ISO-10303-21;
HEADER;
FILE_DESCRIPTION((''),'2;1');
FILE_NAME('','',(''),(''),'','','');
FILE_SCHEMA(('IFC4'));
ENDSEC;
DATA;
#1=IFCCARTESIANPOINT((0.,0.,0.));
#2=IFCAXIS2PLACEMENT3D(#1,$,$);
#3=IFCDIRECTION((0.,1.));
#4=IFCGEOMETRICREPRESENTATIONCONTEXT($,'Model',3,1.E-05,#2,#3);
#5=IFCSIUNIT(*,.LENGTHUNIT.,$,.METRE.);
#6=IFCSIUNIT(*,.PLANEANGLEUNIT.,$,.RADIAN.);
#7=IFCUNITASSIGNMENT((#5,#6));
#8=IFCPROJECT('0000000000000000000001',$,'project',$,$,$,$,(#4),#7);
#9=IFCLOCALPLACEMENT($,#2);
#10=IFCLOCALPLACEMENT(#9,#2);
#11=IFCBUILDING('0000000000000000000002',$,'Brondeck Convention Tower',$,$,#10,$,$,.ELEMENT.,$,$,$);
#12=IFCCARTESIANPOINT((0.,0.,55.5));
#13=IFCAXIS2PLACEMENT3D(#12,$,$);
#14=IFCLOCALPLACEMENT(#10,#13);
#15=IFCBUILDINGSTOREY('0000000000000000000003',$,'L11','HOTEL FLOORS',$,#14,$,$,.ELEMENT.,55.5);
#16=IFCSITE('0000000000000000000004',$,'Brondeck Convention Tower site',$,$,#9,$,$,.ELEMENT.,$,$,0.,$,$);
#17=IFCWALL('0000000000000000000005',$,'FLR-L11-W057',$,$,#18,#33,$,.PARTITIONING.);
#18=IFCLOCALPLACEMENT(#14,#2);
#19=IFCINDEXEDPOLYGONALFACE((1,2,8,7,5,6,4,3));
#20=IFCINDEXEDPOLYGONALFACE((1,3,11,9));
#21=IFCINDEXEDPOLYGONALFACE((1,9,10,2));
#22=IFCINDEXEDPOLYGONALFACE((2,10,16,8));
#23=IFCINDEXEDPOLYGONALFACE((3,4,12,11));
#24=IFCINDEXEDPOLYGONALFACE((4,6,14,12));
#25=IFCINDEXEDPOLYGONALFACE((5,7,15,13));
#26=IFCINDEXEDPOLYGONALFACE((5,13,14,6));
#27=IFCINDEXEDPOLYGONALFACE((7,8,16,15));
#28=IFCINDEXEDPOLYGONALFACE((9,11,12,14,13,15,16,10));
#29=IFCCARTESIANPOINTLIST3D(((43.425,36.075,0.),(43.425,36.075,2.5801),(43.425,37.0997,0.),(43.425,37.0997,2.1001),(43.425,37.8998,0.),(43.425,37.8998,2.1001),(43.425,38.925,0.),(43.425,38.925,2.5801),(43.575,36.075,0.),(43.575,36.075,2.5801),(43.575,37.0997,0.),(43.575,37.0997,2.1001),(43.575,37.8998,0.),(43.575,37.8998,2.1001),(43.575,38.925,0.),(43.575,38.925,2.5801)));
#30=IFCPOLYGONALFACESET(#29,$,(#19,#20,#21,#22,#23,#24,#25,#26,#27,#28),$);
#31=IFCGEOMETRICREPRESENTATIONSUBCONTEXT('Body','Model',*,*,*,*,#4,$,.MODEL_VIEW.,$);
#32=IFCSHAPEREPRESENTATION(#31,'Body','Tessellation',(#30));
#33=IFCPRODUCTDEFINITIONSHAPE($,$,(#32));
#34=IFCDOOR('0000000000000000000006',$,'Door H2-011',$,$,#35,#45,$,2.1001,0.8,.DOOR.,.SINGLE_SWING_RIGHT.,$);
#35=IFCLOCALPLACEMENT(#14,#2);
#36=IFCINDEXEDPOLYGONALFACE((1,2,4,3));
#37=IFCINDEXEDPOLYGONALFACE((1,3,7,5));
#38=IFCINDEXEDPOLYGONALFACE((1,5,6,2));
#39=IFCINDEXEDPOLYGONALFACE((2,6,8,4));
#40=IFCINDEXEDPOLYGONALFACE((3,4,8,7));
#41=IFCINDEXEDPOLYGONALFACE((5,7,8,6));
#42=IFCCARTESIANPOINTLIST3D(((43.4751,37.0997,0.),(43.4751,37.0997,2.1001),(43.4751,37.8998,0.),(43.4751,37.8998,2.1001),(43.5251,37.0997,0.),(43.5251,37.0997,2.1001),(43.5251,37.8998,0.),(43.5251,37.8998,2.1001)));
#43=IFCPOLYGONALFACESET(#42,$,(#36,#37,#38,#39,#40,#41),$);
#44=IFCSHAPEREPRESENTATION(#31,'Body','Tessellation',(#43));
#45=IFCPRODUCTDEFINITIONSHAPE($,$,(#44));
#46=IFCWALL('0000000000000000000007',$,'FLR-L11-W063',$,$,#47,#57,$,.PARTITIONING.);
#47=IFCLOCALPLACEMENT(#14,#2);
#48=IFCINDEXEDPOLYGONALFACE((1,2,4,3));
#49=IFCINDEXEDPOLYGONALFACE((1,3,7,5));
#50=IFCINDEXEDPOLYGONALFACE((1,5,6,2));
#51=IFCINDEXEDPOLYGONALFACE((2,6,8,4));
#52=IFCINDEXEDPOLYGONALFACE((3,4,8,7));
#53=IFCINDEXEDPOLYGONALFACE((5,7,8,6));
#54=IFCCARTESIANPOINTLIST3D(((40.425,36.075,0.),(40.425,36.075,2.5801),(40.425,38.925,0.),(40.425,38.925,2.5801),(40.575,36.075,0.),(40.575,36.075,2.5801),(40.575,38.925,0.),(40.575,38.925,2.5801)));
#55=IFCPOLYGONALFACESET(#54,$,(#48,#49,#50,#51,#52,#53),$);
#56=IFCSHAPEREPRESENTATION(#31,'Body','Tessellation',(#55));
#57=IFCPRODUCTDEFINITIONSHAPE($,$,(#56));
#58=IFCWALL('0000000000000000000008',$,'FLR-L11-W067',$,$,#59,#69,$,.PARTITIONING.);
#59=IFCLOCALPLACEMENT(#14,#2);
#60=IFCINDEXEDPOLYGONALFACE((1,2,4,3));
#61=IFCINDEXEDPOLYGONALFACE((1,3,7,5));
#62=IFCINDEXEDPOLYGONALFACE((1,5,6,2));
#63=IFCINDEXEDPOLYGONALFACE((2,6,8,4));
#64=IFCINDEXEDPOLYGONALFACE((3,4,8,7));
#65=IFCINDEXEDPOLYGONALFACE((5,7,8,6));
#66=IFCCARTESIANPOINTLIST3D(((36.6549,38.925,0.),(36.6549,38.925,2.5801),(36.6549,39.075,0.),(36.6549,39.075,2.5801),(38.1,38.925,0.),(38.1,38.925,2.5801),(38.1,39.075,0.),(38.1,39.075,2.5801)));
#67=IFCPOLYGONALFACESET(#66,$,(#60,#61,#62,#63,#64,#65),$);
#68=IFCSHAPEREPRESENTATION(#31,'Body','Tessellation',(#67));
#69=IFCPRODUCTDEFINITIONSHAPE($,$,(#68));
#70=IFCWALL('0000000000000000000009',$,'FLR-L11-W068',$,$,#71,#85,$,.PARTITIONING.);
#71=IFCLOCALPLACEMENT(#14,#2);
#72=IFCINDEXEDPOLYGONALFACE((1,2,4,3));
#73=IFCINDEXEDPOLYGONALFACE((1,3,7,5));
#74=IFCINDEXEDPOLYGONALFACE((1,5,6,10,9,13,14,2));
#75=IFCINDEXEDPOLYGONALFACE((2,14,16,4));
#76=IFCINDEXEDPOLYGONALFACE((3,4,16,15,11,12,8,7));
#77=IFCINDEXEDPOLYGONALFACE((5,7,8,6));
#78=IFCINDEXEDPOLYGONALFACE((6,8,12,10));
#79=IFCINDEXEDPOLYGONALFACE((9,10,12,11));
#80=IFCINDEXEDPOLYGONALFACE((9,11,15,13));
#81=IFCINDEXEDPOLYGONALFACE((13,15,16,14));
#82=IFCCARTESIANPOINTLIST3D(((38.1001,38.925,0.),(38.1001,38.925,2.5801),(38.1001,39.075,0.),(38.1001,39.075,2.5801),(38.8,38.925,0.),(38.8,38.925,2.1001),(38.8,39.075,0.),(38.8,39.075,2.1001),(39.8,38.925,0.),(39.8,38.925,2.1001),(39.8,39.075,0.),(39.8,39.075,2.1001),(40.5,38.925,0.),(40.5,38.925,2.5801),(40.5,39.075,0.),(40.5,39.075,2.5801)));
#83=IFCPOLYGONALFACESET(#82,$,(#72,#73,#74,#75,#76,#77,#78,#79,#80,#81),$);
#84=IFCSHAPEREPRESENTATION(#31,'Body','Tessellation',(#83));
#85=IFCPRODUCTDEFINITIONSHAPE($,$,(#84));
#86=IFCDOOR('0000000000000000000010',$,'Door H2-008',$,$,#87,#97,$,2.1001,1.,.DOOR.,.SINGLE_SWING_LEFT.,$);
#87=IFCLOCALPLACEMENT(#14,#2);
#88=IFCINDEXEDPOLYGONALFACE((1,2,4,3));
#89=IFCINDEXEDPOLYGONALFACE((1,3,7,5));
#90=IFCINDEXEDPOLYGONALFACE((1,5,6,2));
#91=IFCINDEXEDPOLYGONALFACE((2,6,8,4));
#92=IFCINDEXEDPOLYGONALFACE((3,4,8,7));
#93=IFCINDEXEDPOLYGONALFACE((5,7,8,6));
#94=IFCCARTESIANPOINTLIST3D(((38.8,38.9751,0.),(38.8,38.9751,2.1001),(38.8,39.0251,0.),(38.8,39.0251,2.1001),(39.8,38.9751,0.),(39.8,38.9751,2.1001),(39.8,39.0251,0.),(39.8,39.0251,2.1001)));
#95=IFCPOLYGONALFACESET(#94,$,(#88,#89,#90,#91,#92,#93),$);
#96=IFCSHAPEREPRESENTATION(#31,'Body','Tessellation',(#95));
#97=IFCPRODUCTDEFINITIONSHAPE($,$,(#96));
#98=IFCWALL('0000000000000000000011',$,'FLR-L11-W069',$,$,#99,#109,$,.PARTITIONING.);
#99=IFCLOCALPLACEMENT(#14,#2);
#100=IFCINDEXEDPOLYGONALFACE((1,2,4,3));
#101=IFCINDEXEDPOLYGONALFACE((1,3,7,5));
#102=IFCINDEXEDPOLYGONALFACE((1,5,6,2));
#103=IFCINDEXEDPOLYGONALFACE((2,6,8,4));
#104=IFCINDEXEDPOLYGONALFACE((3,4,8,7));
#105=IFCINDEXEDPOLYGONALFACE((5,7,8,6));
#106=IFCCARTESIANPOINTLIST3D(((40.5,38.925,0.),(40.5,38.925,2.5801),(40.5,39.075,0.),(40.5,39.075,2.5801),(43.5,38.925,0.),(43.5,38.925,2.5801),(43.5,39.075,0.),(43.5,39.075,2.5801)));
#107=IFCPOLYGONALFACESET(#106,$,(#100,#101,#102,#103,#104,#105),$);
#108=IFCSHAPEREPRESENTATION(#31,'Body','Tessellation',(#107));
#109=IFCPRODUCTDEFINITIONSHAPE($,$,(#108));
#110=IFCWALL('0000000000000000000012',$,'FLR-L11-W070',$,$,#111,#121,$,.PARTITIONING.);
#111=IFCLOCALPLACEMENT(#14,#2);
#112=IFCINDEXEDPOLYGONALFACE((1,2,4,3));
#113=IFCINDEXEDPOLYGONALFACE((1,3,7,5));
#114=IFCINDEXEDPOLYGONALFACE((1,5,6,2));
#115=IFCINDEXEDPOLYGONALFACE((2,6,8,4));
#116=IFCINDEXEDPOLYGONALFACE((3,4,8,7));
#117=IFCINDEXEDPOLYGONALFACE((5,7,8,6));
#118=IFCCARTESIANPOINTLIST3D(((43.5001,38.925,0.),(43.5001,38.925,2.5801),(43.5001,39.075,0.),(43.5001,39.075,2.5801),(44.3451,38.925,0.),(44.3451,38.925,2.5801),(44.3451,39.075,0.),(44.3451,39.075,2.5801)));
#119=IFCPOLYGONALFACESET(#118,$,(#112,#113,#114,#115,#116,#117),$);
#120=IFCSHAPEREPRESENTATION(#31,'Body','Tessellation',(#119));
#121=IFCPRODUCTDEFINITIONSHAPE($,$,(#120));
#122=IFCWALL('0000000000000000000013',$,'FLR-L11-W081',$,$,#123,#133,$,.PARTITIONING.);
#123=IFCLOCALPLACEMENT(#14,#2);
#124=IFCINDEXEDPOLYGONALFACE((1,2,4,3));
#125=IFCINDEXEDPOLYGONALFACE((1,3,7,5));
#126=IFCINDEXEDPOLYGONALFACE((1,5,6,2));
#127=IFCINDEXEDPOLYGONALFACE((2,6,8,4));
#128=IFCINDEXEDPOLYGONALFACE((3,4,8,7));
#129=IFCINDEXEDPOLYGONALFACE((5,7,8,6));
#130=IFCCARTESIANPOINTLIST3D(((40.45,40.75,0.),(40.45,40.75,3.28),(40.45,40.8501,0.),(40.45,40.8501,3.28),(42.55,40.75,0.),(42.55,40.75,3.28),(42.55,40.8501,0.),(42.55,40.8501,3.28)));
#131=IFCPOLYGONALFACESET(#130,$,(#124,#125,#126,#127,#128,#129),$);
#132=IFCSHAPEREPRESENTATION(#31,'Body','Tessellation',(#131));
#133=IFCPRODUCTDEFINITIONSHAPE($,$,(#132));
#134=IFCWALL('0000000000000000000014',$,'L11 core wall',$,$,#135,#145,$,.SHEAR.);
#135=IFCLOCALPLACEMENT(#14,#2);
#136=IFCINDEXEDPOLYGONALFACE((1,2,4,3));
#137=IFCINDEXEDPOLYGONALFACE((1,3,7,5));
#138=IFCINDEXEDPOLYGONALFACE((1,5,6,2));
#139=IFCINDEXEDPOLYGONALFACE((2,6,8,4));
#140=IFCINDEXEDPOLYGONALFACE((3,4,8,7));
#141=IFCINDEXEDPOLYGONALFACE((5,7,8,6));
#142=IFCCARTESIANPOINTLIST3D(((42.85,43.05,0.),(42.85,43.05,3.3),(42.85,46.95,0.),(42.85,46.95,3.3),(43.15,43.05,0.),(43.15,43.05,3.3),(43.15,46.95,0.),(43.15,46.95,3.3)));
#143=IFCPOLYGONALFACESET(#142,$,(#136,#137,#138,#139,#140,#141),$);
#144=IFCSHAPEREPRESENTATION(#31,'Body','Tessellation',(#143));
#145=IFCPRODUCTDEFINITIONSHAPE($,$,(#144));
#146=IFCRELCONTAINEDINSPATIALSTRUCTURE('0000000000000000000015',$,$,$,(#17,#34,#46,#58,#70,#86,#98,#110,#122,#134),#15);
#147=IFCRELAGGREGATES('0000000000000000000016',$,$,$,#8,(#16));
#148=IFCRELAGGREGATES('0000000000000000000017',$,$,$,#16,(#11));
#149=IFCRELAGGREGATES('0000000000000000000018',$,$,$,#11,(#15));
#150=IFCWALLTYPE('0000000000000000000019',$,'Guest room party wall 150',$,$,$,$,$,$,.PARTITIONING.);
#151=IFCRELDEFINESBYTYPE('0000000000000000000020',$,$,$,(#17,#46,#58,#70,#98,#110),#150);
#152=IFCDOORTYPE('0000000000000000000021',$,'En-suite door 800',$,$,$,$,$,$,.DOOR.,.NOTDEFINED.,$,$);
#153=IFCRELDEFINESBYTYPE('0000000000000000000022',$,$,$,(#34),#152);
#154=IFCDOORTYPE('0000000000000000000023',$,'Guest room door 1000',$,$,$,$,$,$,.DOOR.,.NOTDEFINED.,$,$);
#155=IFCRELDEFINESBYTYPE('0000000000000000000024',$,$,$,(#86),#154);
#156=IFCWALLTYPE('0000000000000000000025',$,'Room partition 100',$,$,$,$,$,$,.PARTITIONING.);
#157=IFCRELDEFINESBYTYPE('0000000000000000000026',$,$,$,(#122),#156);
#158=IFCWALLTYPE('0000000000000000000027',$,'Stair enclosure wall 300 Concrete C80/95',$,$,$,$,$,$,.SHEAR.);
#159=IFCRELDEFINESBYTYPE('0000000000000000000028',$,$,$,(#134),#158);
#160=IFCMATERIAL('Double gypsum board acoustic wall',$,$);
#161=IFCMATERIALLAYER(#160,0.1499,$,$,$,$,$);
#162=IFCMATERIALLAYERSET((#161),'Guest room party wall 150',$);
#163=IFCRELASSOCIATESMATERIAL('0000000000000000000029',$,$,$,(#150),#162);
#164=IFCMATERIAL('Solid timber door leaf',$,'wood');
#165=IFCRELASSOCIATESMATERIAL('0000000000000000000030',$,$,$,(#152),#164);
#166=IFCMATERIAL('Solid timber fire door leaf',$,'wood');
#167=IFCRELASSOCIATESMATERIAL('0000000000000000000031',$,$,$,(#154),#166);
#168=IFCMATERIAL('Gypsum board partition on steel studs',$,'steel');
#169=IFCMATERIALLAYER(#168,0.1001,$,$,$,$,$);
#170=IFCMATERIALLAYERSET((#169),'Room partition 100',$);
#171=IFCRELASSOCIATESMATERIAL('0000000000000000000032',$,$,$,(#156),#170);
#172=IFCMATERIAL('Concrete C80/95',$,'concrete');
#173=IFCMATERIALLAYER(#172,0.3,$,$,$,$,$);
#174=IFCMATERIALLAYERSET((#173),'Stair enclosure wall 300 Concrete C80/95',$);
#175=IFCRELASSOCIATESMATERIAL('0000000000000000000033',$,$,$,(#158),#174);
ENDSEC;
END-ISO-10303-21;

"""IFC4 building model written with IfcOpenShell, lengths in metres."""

from ifc_helpers import new_model, si_unit, direction, frame, frame_2d, origin, place, context, subcontext, project, spatial, rectangle, extrude, material, layer, layer_set, type_object, element, fill, save


model = new_model("IFC4")

# Units and contexts
model_context = context("Model", 3, precision=1e-05, world=origin(), true_north=direction((0.0, 1.0)))
body_context = subcontext(model_context, "Body", "Model", "MODEL_VIEW")
ifc_project = project(units=[si_unit("LENGTHUNIT", "METRE"), si_unit("PLANEANGLEUNIT", "RADIAN")], contexts=[model_context])

# Site, building, storey
site_placement = place(None, origin())
site = spatial("IfcSite", under=ifc_project, at=site_placement, Name="Brondeck Convention Tower site", CompositionType="ELEMENT", RefElevation=0.0)
building_placement = place(site_placement, origin())
building = spatial("IfcBuilding", under=site, at=building_placement, Name="Brondeck Convention Tower", CompositionType="ELEMENT")
storey_placement = place(building_placement, frame((0.0, 0.0, 55.5)))
storey = spatial("IfcBuildingStorey", under=building, at=storey_placement, Name="L11", Description="HOTEL FLOORS", CompositionType="ELEMENT", Elevation=55.5)

# Shared definitions
ifc_material_1 = material(Name="Double gypsum board acoustic wall")
ifc_layer_1 = layer(ifc_material_1, 0.1499)
ifc_layer_set_1 = layer_set([ifc_layer_1], Name="Guest room party wall 150")
wall_type_1 = type_object("IfcWallType", Name="Guest room party wall 150", PredefinedType="PARTITIONING", material=ifc_layer_set_1)

# Wall, opening, door
ifc_material_2 = material(Name="Solid timber door leaf", Category="wood")
door_type_1 = type_object("IfcDoorType", Name="En-suite door 800", OperationType="NOTDEFINED", PredefinedType="DOOR", material=ifc_material_2)
wall_1_placement = place(storey_placement, frame((43.5, 36.075, 0.0), z_axis=(0.0, 0.0, 1.0), x_axis=(0.0, 1.0, 0.0)))
wall_1 = element("IfcWall", 1, at=wall_1_placement, inside=storey, type_object=wall_type_1, Name="FLR-L11-W057", PredefinedType="PARTITIONING", context=body_context, shape_type="SweptSolid", body=[
    extrude(rectangle(XDim=2.8501, YDim=0.1499, at=frame_2d((1.425, 0.0))), origin(), (0.0, 0.0, 1.0), 2.5801),
])
opening_1_placement = place(wall_1_placement, frame((1.0249, 0.0, 0.0)))
opening_1 = element("IfcOpeningElement", 2, at=opening_1_placement, cuts=wall_1, PredefinedType="OPENING", context=body_context, shape_type="SweptSolid", body=[
    extrude(rectangle(XDim=0.8, YDim=2.1001, at=frame_2d((0.3999, 1.05))), frame((0.0, 0.085, 0.0), z_axis=(0.0, -1.0, 0.0), x_axis=(1.0, 0.0, 0.0)), (0.0, 0.0, 1.0), 0.1699),
])
door_1_placement = place(opening_1_placement, origin())
door_1 = element("IfcDoor", 3, at=door_1_placement, inside=storey, type_object=door_type_1, Name="Door H2-011", OperationType="SINGLE_SWING_RIGHT", OverallHeight=2.1001, OverallWidth=0.8, PredefinedType="DOOR", context=body_context, shape_type="SweptSolid", body=[
    extrude(rectangle(XDim=0.8, YDim=2.1001, at=frame_2d((0.3999, 1.05))), frame((0.0, 0.0249, 0.0), z_axis=(0.0, -1.0, 0.0), x_axis=(1.0, 0.0, 0.0)), (0.0, 0.0, 1.0), 0.05),
])
fill(opening_1, door_1)

# Walls
wall_2_placement = place(storey_placement, frame((40.5, 38.925, 0.0), z_axis=(0.0, 0.0, 1.0), x_axis=(0.0, -1.0, 0.0)))
element("IfcWall", 4, at=wall_2_placement, inside=storey, type_object=wall_type_1, Name="FLR-L11-W063", PredefinedType="PARTITIONING", context=body_context, shape_type="SweptSolid", body=[
    extrude(rectangle(XDim=2.8501, YDim=0.1499, at=frame_2d((1.425, 0.0))), origin(), (0.0, 0.0, 1.0), 2.5801),
])
wall_3_placement = place(storey_placement, frame((38.1001, 39.0, 0.0), z_axis=(0.0, 0.0, 1.0), x_axis=(-1.0, 0.0, 0.0)))
element("IfcWall", 5, at=wall_3_placement, inside=storey, type_object=wall_type_1, Name="FLR-L11-W067", PredefinedType="PARTITIONING", context=body_context, shape_type="SweptSolid", body=[
    extrude(rectangle(XDim=1.4451, YDim=0.1499, at=frame_2d((0.7227, 0.0))), origin(), (0.0, 0.0, 1.0), 2.5801),
])

# Wall, opening, door
wall_4_placement = place(storey_placement, frame((40.5, 39.0, 0.0), z_axis=(0.0, 0.0, 1.0), x_axis=(-1.0, 0.0, 0.0)))
wall_4 = element("IfcWall", 6, at=wall_4_placement, inside=storey, type_object=wall_type_1, Name="FLR-L11-W068", PredefinedType="PARTITIONING", context=body_context, shape_type="SweptSolid", body=[
    extrude(rectangle(XDim=2.3999, YDim=0.1499, at=frame_2d((1.2, 0.0))), origin(), (0.0, 0.0, 1.0), 2.5801),
])
opening_2_placement = place(wall_4_placement, frame((0.7, 0.0, 0.0)))
opening_2 = element("IfcOpeningElement", 7, at=opening_2_placement, cuts=wall_4, PredefinedType="OPENING", context=body_context, shape_type="SweptSolid", body=[
    extrude(rectangle(XDim=1.0, YDim=2.1001, at=frame_2d((0.5, 1.05))), frame((0.0, 0.085, 0.0), z_axis=(0.0, -1.0, 0.0), x_axis=(1.0, 0.0, 0.0)), (0.0, 0.0, 1.0), 0.1699),
])
ifc_material_3 = material(Name="Solid timber fire door leaf", Category="wood")
door_type_2 = type_object("IfcDoorType", Name="Guest room door 1000", OperationType="NOTDEFINED", PredefinedType="DOOR", material=ifc_material_3)
door_2_placement = place(opening_2_placement, origin())
door_2 = element("IfcDoor", 8, at=door_2_placement, inside=storey, type_object=door_type_2, Name="Door H2-008", OperationType="SINGLE_SWING_LEFT", OverallHeight=2.1001, OverallWidth=1.0, PredefinedType="DOOR", context=body_context, shape_type="SweptSolid", body=[
    extrude(rectangle(XDim=1.0, YDim=2.1001, at=frame_2d((0.5, 1.05))), frame((0.0, 0.0249, 0.0), z_axis=(0.0, -1.0, 0.0), x_axis=(1.0, 0.0, 0.0)), (0.0, 0.0, 1.0), 0.05),
])
fill(opening_2, door_2)

# Walls
wall_5_placement = place(storey_placement, frame((43.5, 39.0, 0.0), z_axis=(0.0, 0.0, 1.0), x_axis=(-1.0, 0.0, 0.0)))
element("IfcWall", 9, at=wall_5_placement, inside=storey, type_object=wall_type_1, Name="FLR-L11-W069", PredefinedType="PARTITIONING", context=body_context, shape_type="SweptSolid", body=[
    extrude(rectangle(XDim=3.0, YDim=0.1499, at=frame_2d((1.5, 0.0))), origin(), (0.0, 0.0, 1.0), 2.5801),
])
wall_6_placement = place(storey_placement, frame((44.345, 39.0, 0.0), z_axis=(0.0, 0.0, 1.0), x_axis=(-1.0, 0.0, 0.0)))
element("IfcWall", 10, at=wall_6_placement, inside=storey, type_object=wall_type_1, Name="FLR-L11-W070", PredefinedType="PARTITIONING", context=body_context, shape_type="SweptSolid", body=[
    extrude(rectangle(XDim=0.845, YDim=0.1499, at=frame_2d((0.4224, 0.0))), origin(), (0.0, 0.0, 1.0), 2.5801),
])
ifc_material_4 = material(Name="Gypsum board partition on steel studs", Category="steel")
ifc_layer_2 = layer(ifc_material_4, 0.1001)
ifc_layer_set_2 = layer_set([ifc_layer_2], Name="Room partition 100")
wall_type_2 = type_object("IfcWallType", Name="Room partition 100", PredefinedType="PARTITIONING", material=ifc_layer_set_2)
wall_7_placement = place(storey_placement, frame((40.45, 40.8, 0.0), z_axis=(0.0, 0.0, 1.0), x_axis=(1.0, 0.0, 0.0)))
element("IfcWall", 11, at=wall_7_placement, inside=storey, type_object=wall_type_2, Name="FLR-L11-W081", PredefinedType="PARTITIONING", context=body_context, shape_type="SweptSolid", body=[
    extrude(rectangle(XDim=2.1001, YDim=0.1001, at=frame_2d((1.05, 0.0))), origin(), (0.0, 0.0, 1.0), 3.28),
])
ifc_material_5 = material(Name="Concrete C80/95", Category="concrete")
ifc_layer_3 = layer(ifc_material_5, 0.3)
ifc_layer_set_3 = layer_set([ifc_layer_3], Name="Stair enclosure wall 300 Concrete C80/95")
wall_type_3 = type_object("IfcWallType", Name="Stair enclosure wall 300 Concrete C80/95", PredefinedType="SHEAR", material=ifc_layer_set_3)
wall_8_placement = place(storey_placement, frame((43.0, 43.05, 0.0), z_axis=(0.0, 0.0, 1.0), x_axis=(0.0, 1.0, 0.0)))
element("IfcWall", 12, at=wall_8_placement, inside=storey, type_object=wall_type_3, Name="L11 core wall", PredefinedType="SHEAR", context=body_context, shape_type="SweptSolid", body=[
    extrude(rectangle(XDim=3.8999, YDim=0.3, at=frame_2d((1.95, 0.0))), origin(), (0.0, 0.0, 1.0), 3.3),
])

save(model, "model.ifc")
